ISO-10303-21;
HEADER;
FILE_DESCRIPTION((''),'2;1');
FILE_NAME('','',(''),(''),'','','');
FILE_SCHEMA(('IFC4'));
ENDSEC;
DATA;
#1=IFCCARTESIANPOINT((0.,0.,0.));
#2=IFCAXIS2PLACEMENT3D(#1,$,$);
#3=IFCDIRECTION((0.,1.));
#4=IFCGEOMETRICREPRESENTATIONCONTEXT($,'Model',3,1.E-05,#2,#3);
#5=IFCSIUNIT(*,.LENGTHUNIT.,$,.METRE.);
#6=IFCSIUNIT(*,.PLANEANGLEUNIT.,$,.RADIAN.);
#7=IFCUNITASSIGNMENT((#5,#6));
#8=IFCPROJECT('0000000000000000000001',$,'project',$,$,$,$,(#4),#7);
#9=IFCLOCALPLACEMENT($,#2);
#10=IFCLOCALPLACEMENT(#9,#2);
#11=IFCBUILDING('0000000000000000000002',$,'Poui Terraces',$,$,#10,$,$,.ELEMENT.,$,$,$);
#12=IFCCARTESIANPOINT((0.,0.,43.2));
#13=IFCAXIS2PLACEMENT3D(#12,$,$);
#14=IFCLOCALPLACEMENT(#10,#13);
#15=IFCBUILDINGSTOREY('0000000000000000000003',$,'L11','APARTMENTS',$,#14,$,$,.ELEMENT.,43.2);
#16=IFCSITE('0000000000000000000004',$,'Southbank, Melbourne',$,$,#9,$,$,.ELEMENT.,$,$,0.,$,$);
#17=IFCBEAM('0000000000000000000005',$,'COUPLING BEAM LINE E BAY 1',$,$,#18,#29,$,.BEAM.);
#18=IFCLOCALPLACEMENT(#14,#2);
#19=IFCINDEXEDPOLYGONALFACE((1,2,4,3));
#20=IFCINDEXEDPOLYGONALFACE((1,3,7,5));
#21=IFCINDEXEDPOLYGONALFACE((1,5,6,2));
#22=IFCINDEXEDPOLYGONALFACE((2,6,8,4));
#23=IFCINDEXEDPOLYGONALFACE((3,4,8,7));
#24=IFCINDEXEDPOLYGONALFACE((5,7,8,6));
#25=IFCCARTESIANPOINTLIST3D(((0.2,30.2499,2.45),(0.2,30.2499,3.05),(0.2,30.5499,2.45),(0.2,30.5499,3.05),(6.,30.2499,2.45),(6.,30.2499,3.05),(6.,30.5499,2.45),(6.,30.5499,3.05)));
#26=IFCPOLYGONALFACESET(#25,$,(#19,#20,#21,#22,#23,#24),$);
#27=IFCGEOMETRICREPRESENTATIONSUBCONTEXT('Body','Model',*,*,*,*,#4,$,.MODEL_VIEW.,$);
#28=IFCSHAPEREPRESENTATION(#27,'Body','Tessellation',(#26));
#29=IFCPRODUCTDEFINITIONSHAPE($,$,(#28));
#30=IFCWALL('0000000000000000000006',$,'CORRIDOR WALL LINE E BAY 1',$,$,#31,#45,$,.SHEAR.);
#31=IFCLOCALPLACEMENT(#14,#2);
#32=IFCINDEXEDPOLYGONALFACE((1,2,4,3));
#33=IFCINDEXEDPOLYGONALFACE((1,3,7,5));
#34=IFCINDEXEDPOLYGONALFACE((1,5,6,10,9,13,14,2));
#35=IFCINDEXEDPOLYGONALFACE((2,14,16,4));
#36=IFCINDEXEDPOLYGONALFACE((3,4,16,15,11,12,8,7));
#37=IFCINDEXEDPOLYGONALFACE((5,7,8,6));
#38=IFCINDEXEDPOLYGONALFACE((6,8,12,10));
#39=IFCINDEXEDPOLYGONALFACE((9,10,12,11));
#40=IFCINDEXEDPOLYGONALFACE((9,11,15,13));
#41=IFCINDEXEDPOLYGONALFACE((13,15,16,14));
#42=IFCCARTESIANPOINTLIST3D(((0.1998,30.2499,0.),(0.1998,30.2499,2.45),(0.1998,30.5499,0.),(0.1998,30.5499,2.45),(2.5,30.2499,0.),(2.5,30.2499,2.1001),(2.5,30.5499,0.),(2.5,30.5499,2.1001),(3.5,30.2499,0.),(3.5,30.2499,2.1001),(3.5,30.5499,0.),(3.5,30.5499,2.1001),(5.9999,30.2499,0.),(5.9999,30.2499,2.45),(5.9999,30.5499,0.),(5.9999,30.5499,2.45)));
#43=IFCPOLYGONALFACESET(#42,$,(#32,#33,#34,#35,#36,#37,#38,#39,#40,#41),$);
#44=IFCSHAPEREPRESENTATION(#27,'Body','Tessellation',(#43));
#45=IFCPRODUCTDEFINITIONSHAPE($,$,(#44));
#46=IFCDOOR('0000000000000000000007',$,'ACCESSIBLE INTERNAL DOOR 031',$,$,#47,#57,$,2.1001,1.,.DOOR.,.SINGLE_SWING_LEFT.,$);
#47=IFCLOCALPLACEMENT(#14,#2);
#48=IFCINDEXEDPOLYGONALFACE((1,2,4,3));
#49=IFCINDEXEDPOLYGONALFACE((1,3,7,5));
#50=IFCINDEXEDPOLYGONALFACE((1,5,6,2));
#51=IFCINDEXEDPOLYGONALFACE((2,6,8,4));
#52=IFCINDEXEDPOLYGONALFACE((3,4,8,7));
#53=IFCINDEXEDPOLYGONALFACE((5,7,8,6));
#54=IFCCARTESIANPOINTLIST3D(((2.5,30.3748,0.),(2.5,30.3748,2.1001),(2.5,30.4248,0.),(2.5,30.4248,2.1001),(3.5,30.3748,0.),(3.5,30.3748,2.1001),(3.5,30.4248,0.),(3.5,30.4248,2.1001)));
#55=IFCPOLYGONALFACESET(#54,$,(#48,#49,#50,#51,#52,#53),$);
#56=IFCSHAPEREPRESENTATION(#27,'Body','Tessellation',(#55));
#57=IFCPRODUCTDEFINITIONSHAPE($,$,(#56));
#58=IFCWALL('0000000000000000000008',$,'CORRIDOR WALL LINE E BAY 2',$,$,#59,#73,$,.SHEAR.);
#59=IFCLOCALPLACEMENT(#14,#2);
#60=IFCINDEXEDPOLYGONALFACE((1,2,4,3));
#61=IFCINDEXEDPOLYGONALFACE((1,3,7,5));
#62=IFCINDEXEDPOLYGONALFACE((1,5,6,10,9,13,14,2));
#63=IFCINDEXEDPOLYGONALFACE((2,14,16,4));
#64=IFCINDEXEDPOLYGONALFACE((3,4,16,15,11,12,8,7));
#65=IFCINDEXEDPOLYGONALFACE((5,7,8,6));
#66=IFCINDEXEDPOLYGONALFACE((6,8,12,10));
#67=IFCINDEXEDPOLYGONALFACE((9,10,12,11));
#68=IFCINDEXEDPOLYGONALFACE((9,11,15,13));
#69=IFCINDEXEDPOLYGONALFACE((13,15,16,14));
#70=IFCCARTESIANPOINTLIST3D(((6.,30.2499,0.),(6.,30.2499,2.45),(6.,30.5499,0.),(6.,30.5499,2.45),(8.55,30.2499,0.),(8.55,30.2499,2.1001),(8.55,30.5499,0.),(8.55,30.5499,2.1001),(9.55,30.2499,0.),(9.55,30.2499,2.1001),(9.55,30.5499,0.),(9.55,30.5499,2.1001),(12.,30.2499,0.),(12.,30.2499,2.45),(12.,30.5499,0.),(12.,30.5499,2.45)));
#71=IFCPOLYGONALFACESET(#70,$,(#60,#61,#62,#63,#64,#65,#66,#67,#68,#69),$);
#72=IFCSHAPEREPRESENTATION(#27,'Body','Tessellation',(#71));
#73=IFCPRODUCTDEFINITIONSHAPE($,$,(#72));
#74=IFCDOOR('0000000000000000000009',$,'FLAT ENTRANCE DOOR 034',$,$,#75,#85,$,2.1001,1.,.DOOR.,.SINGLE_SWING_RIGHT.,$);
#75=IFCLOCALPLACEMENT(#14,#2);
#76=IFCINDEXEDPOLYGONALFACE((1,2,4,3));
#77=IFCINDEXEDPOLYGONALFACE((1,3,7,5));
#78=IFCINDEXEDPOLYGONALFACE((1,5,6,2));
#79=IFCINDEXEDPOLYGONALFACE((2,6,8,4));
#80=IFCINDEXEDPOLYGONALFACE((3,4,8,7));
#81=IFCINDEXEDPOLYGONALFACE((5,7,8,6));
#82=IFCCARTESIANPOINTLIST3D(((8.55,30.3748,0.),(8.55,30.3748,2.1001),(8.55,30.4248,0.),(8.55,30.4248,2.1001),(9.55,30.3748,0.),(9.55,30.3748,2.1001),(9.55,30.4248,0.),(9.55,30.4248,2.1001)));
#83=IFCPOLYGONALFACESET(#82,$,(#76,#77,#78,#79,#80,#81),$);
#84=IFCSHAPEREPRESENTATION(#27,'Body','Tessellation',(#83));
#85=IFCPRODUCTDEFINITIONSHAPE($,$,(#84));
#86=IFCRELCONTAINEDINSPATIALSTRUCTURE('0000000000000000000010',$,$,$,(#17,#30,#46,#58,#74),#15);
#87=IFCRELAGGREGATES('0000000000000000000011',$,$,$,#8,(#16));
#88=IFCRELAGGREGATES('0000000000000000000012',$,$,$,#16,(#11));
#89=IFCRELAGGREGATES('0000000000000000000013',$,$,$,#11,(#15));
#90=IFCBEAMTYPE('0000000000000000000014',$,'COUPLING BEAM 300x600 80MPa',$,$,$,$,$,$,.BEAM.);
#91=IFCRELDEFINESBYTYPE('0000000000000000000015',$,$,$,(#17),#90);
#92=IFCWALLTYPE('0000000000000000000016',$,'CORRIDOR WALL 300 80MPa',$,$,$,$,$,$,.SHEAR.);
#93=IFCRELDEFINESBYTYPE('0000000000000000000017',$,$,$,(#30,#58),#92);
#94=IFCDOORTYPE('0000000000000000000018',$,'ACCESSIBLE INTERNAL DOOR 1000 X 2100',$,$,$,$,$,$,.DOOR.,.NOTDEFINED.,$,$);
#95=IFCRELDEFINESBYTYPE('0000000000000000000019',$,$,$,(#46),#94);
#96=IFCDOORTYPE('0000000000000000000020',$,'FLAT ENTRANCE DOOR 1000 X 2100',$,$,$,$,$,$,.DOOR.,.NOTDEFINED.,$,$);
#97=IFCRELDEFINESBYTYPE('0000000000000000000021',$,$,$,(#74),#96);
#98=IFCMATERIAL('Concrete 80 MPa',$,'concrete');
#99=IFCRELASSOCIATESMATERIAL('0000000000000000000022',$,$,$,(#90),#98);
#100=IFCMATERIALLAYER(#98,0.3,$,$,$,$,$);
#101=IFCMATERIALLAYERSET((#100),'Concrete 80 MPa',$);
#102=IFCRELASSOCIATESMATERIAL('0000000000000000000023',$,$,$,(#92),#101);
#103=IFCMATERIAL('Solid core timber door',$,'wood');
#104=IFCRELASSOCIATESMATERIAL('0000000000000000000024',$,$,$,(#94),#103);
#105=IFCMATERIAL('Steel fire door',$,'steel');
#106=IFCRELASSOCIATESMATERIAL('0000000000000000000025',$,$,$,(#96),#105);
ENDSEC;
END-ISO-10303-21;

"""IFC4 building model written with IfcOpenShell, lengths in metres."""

from ifc_helpers import new_model, si_unit, direction, frame, frame_2d, origin, origin_2d, place, context, subcontext, project, spatial, rectangle, extrude, source, transform, mapped, material, layer, layer_set, material_profile, profile_set, type_object, element, fill, save


model = new_model("IFC4")

# Units and contexts
model_context = context("Model", 3, precision=1e-05, world=origin(), true_north=direction((0.0, 1.0)))
body_context = subcontext(model_context, "Body", "Model", "MODEL_VIEW")
ifc_project = project(units=[si_unit("LENGTHUNIT", "METRE"), si_unit("PLANEANGLEUNIT", "RADIAN")], contexts=[model_context])

# Site, building, storey
site_placement = place(None, origin())
site = spatial("IfcSite", under=ifc_project, at=site_placement, Name="Southbank, Melbourne", CompositionType="ELEMENT", RefElevation=0.0)
building_placement = place(site_placement, origin())
building = spatial("IfcBuilding", under=site, at=building_placement, Name="Poui Terraces", CompositionType="ELEMENT")
storey_placement = place(building_placement, frame((0.0, 0.0, 43.2)))
storey = spatial("IfcBuildingStorey", under=building, at=storey_placement, Name="L11", Description="APARTMENTS", CompositionType="ELEMENT", Elevation=43.2)

# Beam
ifc_material_1 = material(Name="Concrete 80 MPa", Category="concrete")
ifc_material_profile = material_profile(ifc_material_1, rectangle(XDim=0.3, YDim=0.6001, at=origin_2d()), Name="RC 300x600")
ifc_profile_set = profile_set([ifc_material_profile], Name="Concrete 80 MPa")
beam_type = type_object("IfcBeamType", Name="COUPLING BEAM 300x600 80MPa", PredefinedType="BEAM", material=ifc_profile_set)
shared_shape = source(origin(), body_context, "Body", "SweptSolid", [
    extrude(rectangle(XDim=0.3, YDim=0.6001, at=origin_2d()), origin(), (0.0, 0.0, 1.0), 5.8),
])
beam_placement = place(storey_placement, frame((0.2, 30.3999, 2.75), z_axis=(1.0, 0.0, 0.0), x_axis=(0.0, 1.0, 0.0)))
element("IfcBeam", 1, at=beam_placement, inside=storey, type_object=beam_type, Name="COUPLING BEAM LINE E BAY 1", PredefinedType="BEAM", context=body_context, shape_type="MappedRepresentation", body=[
    mapped(shared_shape, transform((0.0, 0.0, 0.0))),
])

# Walls, openings, doors
ifc_layer = layer(ifc_material_1, 0.3)
ifc_layer_set = layer_set([ifc_layer], Name="Concrete 80 MPa")
wall_type = type_object("IfcWallType", Name="CORRIDOR WALL 300 80MPa", PredefinedType="SHEAR", material=ifc_layer_set)
wall_1_placement = place(storey_placement, frame((0.2, 30.3999, 0.0), z_axis=(0.0, 0.0, 1.0), x_axis=(1.0, 0.0, 0.0)))
wall_1 = element("IfcWall", 2, at=wall_1_placement, inside=storey, type_object=wall_type, Name="CORRIDOR WALL LINE E BAY 1", PredefinedType="SHEAR", context=body_context, shape_type="SweptSolid", body=[
    extrude(rectangle(XDim=5.8, YDim=0.3, at=frame_2d((2.8999, 0.0))), origin(), (0.0, 0.0, 1.0), 2.45),
])
opening_1_placement = place(wall_1_placement, frame((2.3, 0.0, 0.0)))
opening_1 = element("IfcOpeningElement", 3, at=opening_1_placement, cuts=wall_1, PredefinedType="OPENING", context=body_context, shape_type="SweptSolid", body=[
    extrude(rectangle(XDim=1.0, YDim=2.1001, at=frame_2d((0.5, 1.05))), frame((0.0, 0.1602, 0.0), z_axis=(0.0, -1.0, 0.0), x_axis=(1.0, 0.0, 0.0)), (0.0, 0.0, 1.0), 0.3201),
])
ifc_material_2 = material(Name="Solid core timber door", Category="wood")
door_type_1 = type_object("IfcDoorType", Name="ACCESSIBLE INTERNAL DOOR 1000 X 2100", OperationType="NOTDEFINED", PredefinedType="DOOR", material=ifc_material_2)
door_1_placement = place(opening_1_placement, origin())
door_1 = element("IfcDoor", 4, at=door_1_placement, inside=storey, type_object=door_type_1, Name="ACCESSIBLE INTERNAL DOOR 031", OperationType="SINGLE_SWING_LEFT", OverallHeight=2.1001, OverallWidth=1.0, PredefinedType="DOOR", context=body_context, shape_type="SweptSolid", body=[
    extrude(rectangle(XDim=1.0, YDim=2.1001, at=frame_2d((0.5, 1.05))), frame((0.0, 0.0249, 0.0), z_axis=(0.0, -1.0, 0.0), x_axis=(1.0, 0.0, 0.0)), (0.0, 0.0, 1.0), 0.05),
])
fill(opening_1, door_1)
wall_2_placement = place(storey_placement, frame((6.0, 30.3999, 0.0), z_axis=(0.0, 0.0, 1.0), x_axis=(1.0, 0.0, 0.0)))
wall_2 = element("IfcWall", 5, at=wall_2_placement, inside=storey, type_object=wall_type, Name="CORRIDOR WALL LINE E BAY 2", PredefinedType="SHEAR", context=body_context, shape_type="SweptSolid", body=[
    extrude(rectangle(XDim=6.0, YDim=0.3, at=frame_2d((3.0, 0.0))), origin(), (0.0, 0.0, 1.0), 2.45),
])
opening_2_placement = place(wall_2_placement, frame((2.55, 0.0, 0.0)))
opening_2 = element("IfcOpeningElement", 6, at=opening_2_placement, cuts=wall_2, PredefinedType="OPENING", context=body_context, shape_type="SweptSolid", body=[
    extrude(rectangle(XDim=1.0, YDim=2.1001, at=frame_2d((0.5, 1.05))), frame((0.0, 0.1602, 0.0), z_axis=(0.0, -1.0, 0.0), x_axis=(1.0, 0.0, 0.0)), (0.0, 0.0, 1.0), 0.3201),
])
ifc_material_3 = material(Name="Steel fire door", Category="steel")
door_type_2 = type_object("IfcDoorType", Name="FLAT ENTRANCE DOOR 1000 X 2100", OperationType="NOTDEFINED", PredefinedType="DOOR", material=ifc_material_3)
door_2_placement = place(opening_2_placement, origin())
door_2 = element("IfcDoor", 7, at=door_2_placement, inside=storey, type_object=door_type_2, Name="FLAT ENTRANCE DOOR 034", OperationType="SINGLE_SWING_RIGHT", OverallHeight=2.1001, OverallWidth=1.0, PredefinedType="DOOR", context=body_context, shape_type="SweptSolid", body=[
    extrude(rectangle(XDim=1.0, YDim=2.1001, at=frame_2d((0.5, 1.05))), frame((0.0, 0.0249, 0.0), z_axis=(0.0, -1.0, 0.0), x_axis=(1.0, 0.0, 0.0)), (0.0, 0.0, 1.0), 0.05),
])
fill(opening_2, door_2)

save(model, "model.ifc")
